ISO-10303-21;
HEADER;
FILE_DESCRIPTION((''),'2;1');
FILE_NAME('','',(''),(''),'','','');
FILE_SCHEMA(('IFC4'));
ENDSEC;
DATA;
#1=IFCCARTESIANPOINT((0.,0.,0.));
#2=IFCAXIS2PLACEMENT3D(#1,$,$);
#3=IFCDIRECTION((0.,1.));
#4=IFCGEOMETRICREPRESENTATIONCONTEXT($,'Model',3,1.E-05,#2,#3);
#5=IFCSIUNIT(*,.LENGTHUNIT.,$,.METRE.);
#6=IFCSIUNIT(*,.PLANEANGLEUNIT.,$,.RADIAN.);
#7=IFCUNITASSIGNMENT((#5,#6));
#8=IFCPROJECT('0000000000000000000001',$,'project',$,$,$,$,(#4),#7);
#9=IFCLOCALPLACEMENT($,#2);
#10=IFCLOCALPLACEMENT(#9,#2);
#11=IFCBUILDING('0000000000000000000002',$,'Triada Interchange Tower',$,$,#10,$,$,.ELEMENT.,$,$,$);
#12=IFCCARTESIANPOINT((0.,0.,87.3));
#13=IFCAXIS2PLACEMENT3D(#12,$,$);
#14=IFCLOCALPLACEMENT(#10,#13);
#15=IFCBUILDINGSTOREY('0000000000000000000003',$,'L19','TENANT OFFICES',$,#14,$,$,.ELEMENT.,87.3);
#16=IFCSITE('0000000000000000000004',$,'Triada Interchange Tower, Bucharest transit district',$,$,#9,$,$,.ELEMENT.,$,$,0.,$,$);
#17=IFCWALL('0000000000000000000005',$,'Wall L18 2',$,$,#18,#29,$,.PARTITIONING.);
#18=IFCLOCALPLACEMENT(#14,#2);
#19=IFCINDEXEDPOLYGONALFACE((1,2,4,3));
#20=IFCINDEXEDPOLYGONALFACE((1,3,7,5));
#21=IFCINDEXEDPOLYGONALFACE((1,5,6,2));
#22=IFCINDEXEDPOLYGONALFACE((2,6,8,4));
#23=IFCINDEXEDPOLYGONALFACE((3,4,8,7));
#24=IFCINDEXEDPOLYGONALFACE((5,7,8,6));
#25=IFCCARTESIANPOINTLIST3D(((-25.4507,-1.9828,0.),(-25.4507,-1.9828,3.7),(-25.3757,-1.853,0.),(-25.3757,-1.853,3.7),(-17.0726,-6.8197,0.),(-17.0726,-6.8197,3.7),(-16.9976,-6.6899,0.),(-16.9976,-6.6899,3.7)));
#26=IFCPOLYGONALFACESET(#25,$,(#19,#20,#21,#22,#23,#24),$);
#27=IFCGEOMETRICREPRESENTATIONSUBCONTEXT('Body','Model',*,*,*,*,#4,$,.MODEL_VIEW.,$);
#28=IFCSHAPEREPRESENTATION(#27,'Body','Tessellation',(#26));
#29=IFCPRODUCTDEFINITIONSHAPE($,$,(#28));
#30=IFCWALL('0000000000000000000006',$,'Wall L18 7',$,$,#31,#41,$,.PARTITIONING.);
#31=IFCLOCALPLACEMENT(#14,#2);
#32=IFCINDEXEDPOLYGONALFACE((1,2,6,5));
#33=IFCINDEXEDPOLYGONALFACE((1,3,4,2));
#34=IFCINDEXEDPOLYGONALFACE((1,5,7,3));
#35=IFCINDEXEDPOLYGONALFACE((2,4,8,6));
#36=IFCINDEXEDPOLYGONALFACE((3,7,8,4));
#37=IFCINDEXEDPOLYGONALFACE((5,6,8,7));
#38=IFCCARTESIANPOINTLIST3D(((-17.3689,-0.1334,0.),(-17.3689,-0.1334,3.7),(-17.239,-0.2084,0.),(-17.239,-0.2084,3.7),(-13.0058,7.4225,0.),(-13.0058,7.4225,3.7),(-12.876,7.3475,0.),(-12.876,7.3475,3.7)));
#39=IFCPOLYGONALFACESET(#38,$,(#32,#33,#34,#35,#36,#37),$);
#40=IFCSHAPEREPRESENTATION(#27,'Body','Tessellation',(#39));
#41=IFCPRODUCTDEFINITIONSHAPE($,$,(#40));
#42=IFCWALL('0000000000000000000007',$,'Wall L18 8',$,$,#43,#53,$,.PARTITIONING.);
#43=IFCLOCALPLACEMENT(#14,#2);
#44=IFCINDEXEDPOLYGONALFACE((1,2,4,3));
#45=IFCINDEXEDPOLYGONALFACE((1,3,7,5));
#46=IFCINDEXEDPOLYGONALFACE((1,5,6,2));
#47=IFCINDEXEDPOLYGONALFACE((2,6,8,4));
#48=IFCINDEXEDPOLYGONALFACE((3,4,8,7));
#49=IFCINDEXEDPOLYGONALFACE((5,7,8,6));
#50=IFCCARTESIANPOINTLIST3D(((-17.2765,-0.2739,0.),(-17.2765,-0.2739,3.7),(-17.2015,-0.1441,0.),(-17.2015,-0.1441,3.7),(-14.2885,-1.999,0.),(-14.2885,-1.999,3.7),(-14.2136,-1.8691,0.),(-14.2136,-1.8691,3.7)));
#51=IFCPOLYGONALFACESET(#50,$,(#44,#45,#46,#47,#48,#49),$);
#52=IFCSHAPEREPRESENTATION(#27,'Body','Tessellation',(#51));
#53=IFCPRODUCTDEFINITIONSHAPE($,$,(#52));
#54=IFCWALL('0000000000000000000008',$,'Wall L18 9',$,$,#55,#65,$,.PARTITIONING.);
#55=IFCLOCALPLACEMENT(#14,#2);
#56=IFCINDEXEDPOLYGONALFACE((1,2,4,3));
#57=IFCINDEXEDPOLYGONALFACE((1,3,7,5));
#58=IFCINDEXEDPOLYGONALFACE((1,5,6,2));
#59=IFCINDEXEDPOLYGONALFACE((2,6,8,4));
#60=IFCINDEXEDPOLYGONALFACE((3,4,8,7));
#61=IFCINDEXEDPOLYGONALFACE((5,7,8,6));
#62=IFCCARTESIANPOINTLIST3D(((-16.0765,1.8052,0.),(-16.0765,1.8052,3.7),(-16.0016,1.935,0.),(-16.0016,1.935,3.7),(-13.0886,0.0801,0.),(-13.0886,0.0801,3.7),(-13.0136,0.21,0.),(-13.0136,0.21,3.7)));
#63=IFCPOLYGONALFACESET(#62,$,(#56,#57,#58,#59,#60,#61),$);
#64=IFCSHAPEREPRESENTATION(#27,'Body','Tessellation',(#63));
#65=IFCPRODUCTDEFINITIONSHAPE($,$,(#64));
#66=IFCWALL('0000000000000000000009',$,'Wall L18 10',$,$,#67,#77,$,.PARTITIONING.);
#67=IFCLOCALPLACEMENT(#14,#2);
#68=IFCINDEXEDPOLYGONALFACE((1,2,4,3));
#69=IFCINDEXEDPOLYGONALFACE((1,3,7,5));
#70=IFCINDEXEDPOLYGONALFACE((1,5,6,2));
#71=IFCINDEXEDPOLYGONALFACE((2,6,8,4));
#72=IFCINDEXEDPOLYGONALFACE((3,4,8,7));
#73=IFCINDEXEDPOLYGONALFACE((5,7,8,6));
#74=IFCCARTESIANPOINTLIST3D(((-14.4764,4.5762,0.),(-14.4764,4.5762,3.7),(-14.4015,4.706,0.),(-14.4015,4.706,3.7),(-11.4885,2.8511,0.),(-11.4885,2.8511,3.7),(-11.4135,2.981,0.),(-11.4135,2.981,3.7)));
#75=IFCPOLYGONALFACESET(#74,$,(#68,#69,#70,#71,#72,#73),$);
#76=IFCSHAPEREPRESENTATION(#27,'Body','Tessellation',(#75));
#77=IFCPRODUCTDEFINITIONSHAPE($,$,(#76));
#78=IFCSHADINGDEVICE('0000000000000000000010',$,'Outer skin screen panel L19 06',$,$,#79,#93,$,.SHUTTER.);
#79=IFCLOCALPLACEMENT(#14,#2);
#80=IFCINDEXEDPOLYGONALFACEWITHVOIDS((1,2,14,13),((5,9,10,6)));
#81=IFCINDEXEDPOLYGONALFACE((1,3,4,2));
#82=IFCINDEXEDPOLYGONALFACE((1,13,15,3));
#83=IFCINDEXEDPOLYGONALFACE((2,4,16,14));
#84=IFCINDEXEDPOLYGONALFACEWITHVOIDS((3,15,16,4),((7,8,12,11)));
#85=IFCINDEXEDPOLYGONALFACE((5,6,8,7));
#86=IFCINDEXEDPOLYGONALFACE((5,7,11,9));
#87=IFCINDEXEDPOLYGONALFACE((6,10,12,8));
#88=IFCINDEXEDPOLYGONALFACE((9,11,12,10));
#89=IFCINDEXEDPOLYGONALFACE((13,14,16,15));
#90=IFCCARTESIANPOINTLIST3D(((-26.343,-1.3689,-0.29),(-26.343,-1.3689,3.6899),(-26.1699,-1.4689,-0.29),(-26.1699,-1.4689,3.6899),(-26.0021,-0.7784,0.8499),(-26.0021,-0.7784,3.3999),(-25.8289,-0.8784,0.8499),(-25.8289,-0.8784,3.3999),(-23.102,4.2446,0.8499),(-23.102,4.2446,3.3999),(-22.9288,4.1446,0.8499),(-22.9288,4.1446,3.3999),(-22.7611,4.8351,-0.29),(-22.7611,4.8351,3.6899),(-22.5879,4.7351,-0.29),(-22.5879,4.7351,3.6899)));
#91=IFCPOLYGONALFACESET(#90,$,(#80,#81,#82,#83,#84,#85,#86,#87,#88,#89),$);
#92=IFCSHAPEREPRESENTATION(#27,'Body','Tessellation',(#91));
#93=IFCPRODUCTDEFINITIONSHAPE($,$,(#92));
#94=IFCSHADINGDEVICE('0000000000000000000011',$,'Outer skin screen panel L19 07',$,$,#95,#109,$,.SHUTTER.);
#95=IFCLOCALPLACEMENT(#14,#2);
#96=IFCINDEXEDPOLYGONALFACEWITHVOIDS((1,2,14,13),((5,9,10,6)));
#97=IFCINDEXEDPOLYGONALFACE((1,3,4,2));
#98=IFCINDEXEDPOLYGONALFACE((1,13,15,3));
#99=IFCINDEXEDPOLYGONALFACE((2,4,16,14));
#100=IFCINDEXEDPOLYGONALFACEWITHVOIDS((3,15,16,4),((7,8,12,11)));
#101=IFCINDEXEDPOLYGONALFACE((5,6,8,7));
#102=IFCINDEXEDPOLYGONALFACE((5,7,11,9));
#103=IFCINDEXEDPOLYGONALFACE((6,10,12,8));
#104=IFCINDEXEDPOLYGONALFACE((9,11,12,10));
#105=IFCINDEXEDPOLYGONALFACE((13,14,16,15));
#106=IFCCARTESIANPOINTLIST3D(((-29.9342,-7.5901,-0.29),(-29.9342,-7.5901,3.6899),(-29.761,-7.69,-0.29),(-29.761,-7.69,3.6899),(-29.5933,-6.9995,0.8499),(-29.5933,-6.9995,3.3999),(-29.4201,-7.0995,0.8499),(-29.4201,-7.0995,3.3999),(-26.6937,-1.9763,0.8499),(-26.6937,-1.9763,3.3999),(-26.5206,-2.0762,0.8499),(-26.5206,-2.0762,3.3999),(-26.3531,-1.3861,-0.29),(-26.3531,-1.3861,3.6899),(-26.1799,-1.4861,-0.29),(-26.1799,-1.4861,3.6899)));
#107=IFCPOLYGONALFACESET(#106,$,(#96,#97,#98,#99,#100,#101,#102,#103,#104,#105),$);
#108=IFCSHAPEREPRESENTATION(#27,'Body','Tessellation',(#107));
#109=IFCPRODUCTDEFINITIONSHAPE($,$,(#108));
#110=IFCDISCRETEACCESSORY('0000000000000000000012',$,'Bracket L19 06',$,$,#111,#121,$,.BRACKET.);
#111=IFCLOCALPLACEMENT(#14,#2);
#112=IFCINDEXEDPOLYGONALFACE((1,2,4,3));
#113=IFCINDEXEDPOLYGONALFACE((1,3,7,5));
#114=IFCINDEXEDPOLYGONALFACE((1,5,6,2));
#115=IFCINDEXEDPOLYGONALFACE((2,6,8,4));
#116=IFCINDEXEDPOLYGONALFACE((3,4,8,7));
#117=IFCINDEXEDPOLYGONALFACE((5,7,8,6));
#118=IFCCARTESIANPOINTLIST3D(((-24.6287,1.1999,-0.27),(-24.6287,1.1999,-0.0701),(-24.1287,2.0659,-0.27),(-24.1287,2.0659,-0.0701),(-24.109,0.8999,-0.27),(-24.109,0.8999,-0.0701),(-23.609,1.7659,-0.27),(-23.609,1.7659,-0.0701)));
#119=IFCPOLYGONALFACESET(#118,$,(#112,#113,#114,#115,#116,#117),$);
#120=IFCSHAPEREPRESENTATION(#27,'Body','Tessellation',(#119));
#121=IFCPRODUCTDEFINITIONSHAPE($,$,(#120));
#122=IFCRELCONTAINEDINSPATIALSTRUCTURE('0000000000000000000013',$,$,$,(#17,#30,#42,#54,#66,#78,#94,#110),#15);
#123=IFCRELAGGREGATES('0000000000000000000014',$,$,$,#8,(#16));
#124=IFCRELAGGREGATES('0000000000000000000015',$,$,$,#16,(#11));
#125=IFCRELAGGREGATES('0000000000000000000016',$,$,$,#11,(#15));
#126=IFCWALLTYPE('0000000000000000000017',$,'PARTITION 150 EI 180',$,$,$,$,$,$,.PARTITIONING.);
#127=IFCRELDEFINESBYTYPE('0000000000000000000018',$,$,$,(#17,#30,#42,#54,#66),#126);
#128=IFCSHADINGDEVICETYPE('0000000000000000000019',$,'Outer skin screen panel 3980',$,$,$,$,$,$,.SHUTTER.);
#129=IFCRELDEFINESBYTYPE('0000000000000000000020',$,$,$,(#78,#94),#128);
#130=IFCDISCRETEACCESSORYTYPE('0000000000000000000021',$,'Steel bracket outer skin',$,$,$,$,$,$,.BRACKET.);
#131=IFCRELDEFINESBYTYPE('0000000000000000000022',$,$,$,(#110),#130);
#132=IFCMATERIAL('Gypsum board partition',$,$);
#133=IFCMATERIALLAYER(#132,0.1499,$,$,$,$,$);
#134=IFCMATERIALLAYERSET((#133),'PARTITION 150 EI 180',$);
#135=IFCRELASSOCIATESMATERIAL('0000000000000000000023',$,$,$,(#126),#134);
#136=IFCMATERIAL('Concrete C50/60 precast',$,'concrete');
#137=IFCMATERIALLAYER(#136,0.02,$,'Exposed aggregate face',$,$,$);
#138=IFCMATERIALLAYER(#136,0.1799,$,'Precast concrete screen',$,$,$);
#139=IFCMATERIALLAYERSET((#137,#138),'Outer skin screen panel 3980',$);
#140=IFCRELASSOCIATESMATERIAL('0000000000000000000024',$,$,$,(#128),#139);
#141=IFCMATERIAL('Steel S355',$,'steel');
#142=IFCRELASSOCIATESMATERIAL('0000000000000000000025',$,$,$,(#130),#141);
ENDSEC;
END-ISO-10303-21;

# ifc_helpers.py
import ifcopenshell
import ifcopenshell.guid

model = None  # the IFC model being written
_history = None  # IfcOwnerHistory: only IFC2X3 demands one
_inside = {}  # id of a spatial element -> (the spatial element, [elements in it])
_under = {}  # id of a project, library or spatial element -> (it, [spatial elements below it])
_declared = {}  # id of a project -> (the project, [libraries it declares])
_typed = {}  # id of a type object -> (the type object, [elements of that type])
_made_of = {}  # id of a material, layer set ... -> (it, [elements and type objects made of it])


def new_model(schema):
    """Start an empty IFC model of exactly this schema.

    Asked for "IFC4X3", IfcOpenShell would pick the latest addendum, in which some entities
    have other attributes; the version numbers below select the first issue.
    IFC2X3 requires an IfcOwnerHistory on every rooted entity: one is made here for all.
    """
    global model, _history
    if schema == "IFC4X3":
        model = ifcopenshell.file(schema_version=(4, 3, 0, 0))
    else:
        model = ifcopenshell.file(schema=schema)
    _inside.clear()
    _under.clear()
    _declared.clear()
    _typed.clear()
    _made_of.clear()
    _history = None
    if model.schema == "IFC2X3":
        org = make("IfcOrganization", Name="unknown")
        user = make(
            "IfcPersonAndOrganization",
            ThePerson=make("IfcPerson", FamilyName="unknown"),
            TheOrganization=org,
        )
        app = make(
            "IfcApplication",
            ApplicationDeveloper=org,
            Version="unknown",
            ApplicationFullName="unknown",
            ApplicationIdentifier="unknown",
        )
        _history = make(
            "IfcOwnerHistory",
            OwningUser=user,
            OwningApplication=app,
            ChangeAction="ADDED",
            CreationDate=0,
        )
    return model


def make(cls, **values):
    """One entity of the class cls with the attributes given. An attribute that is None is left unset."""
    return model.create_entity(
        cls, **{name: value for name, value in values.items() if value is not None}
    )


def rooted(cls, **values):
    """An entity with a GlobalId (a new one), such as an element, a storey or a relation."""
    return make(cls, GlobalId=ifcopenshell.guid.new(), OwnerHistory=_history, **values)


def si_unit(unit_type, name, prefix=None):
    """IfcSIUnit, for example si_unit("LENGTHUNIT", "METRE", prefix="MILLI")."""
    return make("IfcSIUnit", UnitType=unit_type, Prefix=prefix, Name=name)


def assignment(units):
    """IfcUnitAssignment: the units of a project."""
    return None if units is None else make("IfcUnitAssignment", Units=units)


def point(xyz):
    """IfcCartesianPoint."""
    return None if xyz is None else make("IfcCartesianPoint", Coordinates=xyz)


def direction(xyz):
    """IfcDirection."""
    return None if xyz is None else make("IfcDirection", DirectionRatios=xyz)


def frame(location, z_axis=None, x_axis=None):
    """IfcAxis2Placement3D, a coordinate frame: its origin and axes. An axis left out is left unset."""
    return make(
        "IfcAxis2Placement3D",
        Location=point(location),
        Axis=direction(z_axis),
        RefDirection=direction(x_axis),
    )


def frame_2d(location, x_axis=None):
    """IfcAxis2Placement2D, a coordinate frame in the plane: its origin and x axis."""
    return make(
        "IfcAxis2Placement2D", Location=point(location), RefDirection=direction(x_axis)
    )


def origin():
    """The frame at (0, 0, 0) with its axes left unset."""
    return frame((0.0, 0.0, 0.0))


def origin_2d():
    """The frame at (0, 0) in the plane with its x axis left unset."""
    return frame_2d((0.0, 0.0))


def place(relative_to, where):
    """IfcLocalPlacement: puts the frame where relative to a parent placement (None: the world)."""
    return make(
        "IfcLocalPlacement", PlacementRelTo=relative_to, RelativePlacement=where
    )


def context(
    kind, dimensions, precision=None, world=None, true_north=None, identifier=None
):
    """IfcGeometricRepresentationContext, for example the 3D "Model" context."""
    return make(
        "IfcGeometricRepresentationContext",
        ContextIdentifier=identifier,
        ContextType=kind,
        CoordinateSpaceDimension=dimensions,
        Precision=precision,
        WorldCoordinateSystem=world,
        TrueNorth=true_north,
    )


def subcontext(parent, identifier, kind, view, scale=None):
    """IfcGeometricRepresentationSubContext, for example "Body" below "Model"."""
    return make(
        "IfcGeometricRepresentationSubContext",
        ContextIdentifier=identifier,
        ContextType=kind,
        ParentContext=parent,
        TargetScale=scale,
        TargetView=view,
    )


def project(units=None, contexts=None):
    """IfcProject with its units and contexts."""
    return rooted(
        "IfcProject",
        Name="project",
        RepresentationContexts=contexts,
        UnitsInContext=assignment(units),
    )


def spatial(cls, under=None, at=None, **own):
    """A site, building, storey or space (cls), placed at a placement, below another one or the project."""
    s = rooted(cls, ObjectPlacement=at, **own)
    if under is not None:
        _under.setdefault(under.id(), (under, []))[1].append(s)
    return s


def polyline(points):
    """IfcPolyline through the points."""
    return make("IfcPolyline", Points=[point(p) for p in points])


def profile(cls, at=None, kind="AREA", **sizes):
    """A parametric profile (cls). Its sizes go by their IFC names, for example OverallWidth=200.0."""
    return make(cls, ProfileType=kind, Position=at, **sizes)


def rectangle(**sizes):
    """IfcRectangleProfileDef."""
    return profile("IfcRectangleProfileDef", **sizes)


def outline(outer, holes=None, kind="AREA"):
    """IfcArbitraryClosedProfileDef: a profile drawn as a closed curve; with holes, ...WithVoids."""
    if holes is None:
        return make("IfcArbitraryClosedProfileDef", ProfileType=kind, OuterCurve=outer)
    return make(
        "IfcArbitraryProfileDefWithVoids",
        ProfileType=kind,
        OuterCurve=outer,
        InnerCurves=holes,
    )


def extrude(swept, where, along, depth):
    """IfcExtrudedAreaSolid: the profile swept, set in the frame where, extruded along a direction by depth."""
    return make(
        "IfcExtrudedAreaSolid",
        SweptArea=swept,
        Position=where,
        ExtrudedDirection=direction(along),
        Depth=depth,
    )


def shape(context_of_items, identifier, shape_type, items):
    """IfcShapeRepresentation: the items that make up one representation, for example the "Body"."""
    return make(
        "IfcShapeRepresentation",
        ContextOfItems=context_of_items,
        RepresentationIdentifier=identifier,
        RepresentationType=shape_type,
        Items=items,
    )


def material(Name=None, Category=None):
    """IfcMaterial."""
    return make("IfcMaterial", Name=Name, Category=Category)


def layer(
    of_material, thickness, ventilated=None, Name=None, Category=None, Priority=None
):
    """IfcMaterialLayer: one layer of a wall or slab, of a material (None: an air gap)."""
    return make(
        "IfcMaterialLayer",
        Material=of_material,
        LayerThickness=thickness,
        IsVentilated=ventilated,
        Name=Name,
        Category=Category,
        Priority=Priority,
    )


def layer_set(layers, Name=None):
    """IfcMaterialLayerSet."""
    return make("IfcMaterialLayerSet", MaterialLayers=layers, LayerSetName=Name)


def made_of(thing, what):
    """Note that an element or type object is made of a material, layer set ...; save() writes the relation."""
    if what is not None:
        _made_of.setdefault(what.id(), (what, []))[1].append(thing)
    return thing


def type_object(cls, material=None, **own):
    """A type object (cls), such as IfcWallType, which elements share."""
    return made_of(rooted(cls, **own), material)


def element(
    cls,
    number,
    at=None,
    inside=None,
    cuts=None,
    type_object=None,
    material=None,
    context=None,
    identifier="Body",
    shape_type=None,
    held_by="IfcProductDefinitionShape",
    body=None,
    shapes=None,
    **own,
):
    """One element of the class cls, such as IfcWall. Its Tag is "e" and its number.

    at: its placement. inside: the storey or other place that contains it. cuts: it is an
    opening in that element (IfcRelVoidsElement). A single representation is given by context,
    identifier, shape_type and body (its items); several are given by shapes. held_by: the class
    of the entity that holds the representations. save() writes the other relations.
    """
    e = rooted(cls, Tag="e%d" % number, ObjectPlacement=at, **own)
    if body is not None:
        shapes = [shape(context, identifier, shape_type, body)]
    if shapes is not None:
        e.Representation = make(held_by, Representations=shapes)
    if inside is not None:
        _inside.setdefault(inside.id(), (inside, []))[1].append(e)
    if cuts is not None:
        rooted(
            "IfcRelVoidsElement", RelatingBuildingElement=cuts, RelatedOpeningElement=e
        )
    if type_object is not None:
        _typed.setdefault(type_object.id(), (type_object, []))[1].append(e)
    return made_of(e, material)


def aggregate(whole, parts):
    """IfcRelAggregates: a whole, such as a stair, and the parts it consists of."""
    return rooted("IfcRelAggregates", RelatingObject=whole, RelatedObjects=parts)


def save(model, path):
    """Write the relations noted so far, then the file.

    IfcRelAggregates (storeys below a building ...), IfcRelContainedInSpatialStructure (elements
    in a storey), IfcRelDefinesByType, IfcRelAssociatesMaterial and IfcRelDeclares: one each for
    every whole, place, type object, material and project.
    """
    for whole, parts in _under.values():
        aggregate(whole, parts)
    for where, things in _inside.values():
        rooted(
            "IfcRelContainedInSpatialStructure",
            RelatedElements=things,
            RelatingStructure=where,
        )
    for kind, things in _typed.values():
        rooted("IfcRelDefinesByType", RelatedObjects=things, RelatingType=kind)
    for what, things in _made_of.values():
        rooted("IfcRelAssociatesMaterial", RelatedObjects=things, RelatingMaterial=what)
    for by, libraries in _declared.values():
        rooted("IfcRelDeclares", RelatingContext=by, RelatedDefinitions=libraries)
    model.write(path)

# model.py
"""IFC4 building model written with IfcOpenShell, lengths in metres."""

from ifc_helpers import new_model, si_unit, direction, frame, frame_2d, origin, origin_2d, place, context, subcontext, project, spatial, polyline, rectangle, outline, extrude, material, layer, layer_set, type_object, element, save


model = new_model("IFC4")

# Units and contexts
model_context = context("Model", 3, precision=1e-05, world=origin(), true_north=direction((0.0, 1.0)))
body_context = subcontext(model_context, "Body", "Model", "MODEL_VIEW")
ifc_project = project(units=[si_unit("LENGTHUNIT", "METRE"), si_unit("PLANEANGLEUNIT", "RADIAN")], contexts=[model_context])

# Site, building, storey
site_placement = place(None, origin())
site = spatial("IfcSite", under=ifc_project, at=site_placement, Name="Triada Interchange Tower, Bucharest transit district", CompositionType="ELEMENT", RefElevation=0.0)
building_placement = place(site_placement, origin())
building = spatial("IfcBuilding", under=site, at=building_placement, Name="Triada Interchange Tower", CompositionType="ELEMENT")
storey_placement = place(building_placement, frame((0.0, 0.0, 87.3)))
storey = spatial("IfcBuildingStorey", under=building, at=storey_placement, Name="L19", Description="TENANT OFFICES", CompositionType="ELEMENT", Elevation=87.3)

# Walls
ifc_material_1 = material(Name="Gypsum board partition")
ifc_layer_1 = layer(ifc_material_1, 0.1499)
ifc_layer_set_1 = layer_set([ifc_layer_1], Name="PARTITION 150 EI 180")
wall_type_1 = type_object("IfcWallType", Name="PARTITION 150 EI 180", PredefinedType="PARTITIONING", material=ifc_layer_set_1)
wall_1_placement = place(storey_placement, frame((-25.4131, -1.918, 0.0), z_axis=(0.0, 0.0, 1.0), x_axis=(0.866036, -0.499982, 0.0)))
element("IfcWall", 1, at=wall_1_placement, inside=storey, type_object=wall_type_1, Name="Wall L18 2", PredefinedType="PARTITIONING", context=body_context, shape_type="SweptSolid", body=[
    extrude(rectangle(XDim=9.6741, YDim=0.1499, at=frame_2d((4.8369, 0.0))), origin(), (0.0, 0.0, 1.0), 3.7),
])
wall_2_placement = place(storey_placement, frame((-17.304, -0.1709, 0.0), z_axis=(0.0, 0.0, 1.0), x_axis=(0.500054, 0.865994, 0.0)))
element("IfcWall", 2, at=wall_2_placement, inside=storey, type_object=wall_type_1, Name="Wall L18 7", PredefinedType="PARTITIONING", context=body_context, shape_type="SweptSolid", body=[
    extrude(rectangle(XDim=8.7251, YDim=0.1499, at=frame_2d((4.3625, 0.0))), origin(), (0.0, 0.0, 1.0), 3.7),
])
for number, where, z_axis, x_axis, name in (
    (3, (-17.239, -0.209, 0.0), (0.0, 0.0, 1.0), (0.866031, -0.49999, 0.0), "Wall L18 8"),
    (4, (-16.0391, 1.8701, 0.0), (0.0, 0.0, 1.0), (0.866031, -0.49999, 0.0), "Wall L18 9"),
    (5, (-14.439, 4.6411, 0.0), (0.0, 0.0, 1.0), (0.866031, -0.49999, 0.0), "Wall L18 10"),
):
    element("IfcWall", number, at=place(storey_placement, frame(where, z_axis=z_axis, x_axis=x_axis)), inside=storey, type_object=wall_type_1, Name=name, PredefinedType="PARTITIONING", context=body_context, shape_type="SweptSolid", body=[
        extrude(rectangle(XDim=3.4502, YDim=0.1499, at=frame_2d((1.7251, 0.0))), origin(), (0.0, 0.0, 1.0), 3.7),
    ])

# Shading devices
ifc_material_2 = material(Name="Concrete C50/60 precast", Category="concrete")
ifc_layer_2 = layer(ifc_material_2, 0.02, Name="Exposed aggregate face")
ifc_layer_3 = layer(ifc_material_2, 0.1799, Name="Precast concrete screen")
ifc_layer_set_2 = layer_set([ifc_layer_2, ifc_layer_3], Name="Outer skin screen panel 3980")
shading_device_type = type_object("IfcShadingDeviceType", Name="Outer skin screen panel 3980", PredefinedType="SHUTTER", material=ifc_layer_set_2)
shading_device_1_placement = place(storey_placement, frame((-22.5879, 4.7351, -0.29), z_axis=(0.0, 0.0, 1.0), x_axis=(-0.50001, -0.86602, 0.0)))
element("IfcShadingDevice", 6, at=shading_device_1_placement, inside=storey, type_object=shading_device_type, Name="Outer skin screen panel L19 06", PredefinedType="SHUTTER", context=body_context, shape_type="SweptSolid", body=[
    extrude(outline(polyline([(0.0, 0.0), (7.1638, 0.0), (7.1638, 3.98), (0.0, 3.98), (0.0, 0.0)]), holes=[polyline([(0.6819, 1.1399), (0.6819, 3.6899), (6.4819, 3.6899), (6.4819, 1.1399), (0.6819, 1.1399)])]), frame((0.0, 0.0, 0.0), z_axis=(0.0, -1.0, 0.0), x_axis=(1.0, 0.0, 0.0)), (0.0, 0.0, 1.0), 0.2),
])
shading_device_2_placement = place(storey_placement, frame((-26.1799, -1.4861, -0.29), z_axis=(0.0, 0.0, 1.0), x_axis=(-0.499922, -0.86607, 0.0)))
element("IfcShadingDevice", 7, at=shading_device_2_placement, inside=storey, type_object=shading_device_type, Name="Outer skin screen panel L19 07", PredefinedType="SHUTTER", context=body_context, shape_type="SweptSolid", body=[
    extrude(outline(polyline([(0.0, 0.0), (7.1633, 0.0), (7.1633, 3.98), (0.0, 3.98), (0.0, 0.0)]), holes=[polyline([(0.6814, 1.1399), (0.6814, 3.6899), (6.4814, 3.6899), (6.4814, 1.1399), (0.6814, 1.1399)])]), frame((0.0, 0.0, 0.0), z_axis=(0.0, -1.0, 0.0), x_axis=(1.0, 0.0, 0.0)), (0.0, 0.0, 1.0), 0.2),
])

# Discrete accessory
ifc_material_3 = material(Name="Steel S355", Category="steel")
discrete_accessory_type = type_object("IfcDiscreteAccessoryType", Name="Steel bracket outer skin", PredefinedType="BRACKET", material=ifc_material_3)
discrete_accessory_placement = place(storey_placement, frame((-24.1189, 1.4829, -0.27), z_axis=(0.0, 0.0, 1.0), x_axis=(-0.866025, 0.5, 0.0)))
element("IfcDiscreteAccessory", 8, at=discrete_accessory_placement, inside=storey, type_object=discrete_accessory_type, Name="Bracket L19 06", PredefinedType="BRACKET", context=body_context, shape_type="SweptSolid", body=[
    extrude(rectangle(XDim=0.6001, YDim=1.0, at=origin_2d()), origin(), (0.0, 0.0, 1.0), 0.2),
])

save(model, "model.ifc")
